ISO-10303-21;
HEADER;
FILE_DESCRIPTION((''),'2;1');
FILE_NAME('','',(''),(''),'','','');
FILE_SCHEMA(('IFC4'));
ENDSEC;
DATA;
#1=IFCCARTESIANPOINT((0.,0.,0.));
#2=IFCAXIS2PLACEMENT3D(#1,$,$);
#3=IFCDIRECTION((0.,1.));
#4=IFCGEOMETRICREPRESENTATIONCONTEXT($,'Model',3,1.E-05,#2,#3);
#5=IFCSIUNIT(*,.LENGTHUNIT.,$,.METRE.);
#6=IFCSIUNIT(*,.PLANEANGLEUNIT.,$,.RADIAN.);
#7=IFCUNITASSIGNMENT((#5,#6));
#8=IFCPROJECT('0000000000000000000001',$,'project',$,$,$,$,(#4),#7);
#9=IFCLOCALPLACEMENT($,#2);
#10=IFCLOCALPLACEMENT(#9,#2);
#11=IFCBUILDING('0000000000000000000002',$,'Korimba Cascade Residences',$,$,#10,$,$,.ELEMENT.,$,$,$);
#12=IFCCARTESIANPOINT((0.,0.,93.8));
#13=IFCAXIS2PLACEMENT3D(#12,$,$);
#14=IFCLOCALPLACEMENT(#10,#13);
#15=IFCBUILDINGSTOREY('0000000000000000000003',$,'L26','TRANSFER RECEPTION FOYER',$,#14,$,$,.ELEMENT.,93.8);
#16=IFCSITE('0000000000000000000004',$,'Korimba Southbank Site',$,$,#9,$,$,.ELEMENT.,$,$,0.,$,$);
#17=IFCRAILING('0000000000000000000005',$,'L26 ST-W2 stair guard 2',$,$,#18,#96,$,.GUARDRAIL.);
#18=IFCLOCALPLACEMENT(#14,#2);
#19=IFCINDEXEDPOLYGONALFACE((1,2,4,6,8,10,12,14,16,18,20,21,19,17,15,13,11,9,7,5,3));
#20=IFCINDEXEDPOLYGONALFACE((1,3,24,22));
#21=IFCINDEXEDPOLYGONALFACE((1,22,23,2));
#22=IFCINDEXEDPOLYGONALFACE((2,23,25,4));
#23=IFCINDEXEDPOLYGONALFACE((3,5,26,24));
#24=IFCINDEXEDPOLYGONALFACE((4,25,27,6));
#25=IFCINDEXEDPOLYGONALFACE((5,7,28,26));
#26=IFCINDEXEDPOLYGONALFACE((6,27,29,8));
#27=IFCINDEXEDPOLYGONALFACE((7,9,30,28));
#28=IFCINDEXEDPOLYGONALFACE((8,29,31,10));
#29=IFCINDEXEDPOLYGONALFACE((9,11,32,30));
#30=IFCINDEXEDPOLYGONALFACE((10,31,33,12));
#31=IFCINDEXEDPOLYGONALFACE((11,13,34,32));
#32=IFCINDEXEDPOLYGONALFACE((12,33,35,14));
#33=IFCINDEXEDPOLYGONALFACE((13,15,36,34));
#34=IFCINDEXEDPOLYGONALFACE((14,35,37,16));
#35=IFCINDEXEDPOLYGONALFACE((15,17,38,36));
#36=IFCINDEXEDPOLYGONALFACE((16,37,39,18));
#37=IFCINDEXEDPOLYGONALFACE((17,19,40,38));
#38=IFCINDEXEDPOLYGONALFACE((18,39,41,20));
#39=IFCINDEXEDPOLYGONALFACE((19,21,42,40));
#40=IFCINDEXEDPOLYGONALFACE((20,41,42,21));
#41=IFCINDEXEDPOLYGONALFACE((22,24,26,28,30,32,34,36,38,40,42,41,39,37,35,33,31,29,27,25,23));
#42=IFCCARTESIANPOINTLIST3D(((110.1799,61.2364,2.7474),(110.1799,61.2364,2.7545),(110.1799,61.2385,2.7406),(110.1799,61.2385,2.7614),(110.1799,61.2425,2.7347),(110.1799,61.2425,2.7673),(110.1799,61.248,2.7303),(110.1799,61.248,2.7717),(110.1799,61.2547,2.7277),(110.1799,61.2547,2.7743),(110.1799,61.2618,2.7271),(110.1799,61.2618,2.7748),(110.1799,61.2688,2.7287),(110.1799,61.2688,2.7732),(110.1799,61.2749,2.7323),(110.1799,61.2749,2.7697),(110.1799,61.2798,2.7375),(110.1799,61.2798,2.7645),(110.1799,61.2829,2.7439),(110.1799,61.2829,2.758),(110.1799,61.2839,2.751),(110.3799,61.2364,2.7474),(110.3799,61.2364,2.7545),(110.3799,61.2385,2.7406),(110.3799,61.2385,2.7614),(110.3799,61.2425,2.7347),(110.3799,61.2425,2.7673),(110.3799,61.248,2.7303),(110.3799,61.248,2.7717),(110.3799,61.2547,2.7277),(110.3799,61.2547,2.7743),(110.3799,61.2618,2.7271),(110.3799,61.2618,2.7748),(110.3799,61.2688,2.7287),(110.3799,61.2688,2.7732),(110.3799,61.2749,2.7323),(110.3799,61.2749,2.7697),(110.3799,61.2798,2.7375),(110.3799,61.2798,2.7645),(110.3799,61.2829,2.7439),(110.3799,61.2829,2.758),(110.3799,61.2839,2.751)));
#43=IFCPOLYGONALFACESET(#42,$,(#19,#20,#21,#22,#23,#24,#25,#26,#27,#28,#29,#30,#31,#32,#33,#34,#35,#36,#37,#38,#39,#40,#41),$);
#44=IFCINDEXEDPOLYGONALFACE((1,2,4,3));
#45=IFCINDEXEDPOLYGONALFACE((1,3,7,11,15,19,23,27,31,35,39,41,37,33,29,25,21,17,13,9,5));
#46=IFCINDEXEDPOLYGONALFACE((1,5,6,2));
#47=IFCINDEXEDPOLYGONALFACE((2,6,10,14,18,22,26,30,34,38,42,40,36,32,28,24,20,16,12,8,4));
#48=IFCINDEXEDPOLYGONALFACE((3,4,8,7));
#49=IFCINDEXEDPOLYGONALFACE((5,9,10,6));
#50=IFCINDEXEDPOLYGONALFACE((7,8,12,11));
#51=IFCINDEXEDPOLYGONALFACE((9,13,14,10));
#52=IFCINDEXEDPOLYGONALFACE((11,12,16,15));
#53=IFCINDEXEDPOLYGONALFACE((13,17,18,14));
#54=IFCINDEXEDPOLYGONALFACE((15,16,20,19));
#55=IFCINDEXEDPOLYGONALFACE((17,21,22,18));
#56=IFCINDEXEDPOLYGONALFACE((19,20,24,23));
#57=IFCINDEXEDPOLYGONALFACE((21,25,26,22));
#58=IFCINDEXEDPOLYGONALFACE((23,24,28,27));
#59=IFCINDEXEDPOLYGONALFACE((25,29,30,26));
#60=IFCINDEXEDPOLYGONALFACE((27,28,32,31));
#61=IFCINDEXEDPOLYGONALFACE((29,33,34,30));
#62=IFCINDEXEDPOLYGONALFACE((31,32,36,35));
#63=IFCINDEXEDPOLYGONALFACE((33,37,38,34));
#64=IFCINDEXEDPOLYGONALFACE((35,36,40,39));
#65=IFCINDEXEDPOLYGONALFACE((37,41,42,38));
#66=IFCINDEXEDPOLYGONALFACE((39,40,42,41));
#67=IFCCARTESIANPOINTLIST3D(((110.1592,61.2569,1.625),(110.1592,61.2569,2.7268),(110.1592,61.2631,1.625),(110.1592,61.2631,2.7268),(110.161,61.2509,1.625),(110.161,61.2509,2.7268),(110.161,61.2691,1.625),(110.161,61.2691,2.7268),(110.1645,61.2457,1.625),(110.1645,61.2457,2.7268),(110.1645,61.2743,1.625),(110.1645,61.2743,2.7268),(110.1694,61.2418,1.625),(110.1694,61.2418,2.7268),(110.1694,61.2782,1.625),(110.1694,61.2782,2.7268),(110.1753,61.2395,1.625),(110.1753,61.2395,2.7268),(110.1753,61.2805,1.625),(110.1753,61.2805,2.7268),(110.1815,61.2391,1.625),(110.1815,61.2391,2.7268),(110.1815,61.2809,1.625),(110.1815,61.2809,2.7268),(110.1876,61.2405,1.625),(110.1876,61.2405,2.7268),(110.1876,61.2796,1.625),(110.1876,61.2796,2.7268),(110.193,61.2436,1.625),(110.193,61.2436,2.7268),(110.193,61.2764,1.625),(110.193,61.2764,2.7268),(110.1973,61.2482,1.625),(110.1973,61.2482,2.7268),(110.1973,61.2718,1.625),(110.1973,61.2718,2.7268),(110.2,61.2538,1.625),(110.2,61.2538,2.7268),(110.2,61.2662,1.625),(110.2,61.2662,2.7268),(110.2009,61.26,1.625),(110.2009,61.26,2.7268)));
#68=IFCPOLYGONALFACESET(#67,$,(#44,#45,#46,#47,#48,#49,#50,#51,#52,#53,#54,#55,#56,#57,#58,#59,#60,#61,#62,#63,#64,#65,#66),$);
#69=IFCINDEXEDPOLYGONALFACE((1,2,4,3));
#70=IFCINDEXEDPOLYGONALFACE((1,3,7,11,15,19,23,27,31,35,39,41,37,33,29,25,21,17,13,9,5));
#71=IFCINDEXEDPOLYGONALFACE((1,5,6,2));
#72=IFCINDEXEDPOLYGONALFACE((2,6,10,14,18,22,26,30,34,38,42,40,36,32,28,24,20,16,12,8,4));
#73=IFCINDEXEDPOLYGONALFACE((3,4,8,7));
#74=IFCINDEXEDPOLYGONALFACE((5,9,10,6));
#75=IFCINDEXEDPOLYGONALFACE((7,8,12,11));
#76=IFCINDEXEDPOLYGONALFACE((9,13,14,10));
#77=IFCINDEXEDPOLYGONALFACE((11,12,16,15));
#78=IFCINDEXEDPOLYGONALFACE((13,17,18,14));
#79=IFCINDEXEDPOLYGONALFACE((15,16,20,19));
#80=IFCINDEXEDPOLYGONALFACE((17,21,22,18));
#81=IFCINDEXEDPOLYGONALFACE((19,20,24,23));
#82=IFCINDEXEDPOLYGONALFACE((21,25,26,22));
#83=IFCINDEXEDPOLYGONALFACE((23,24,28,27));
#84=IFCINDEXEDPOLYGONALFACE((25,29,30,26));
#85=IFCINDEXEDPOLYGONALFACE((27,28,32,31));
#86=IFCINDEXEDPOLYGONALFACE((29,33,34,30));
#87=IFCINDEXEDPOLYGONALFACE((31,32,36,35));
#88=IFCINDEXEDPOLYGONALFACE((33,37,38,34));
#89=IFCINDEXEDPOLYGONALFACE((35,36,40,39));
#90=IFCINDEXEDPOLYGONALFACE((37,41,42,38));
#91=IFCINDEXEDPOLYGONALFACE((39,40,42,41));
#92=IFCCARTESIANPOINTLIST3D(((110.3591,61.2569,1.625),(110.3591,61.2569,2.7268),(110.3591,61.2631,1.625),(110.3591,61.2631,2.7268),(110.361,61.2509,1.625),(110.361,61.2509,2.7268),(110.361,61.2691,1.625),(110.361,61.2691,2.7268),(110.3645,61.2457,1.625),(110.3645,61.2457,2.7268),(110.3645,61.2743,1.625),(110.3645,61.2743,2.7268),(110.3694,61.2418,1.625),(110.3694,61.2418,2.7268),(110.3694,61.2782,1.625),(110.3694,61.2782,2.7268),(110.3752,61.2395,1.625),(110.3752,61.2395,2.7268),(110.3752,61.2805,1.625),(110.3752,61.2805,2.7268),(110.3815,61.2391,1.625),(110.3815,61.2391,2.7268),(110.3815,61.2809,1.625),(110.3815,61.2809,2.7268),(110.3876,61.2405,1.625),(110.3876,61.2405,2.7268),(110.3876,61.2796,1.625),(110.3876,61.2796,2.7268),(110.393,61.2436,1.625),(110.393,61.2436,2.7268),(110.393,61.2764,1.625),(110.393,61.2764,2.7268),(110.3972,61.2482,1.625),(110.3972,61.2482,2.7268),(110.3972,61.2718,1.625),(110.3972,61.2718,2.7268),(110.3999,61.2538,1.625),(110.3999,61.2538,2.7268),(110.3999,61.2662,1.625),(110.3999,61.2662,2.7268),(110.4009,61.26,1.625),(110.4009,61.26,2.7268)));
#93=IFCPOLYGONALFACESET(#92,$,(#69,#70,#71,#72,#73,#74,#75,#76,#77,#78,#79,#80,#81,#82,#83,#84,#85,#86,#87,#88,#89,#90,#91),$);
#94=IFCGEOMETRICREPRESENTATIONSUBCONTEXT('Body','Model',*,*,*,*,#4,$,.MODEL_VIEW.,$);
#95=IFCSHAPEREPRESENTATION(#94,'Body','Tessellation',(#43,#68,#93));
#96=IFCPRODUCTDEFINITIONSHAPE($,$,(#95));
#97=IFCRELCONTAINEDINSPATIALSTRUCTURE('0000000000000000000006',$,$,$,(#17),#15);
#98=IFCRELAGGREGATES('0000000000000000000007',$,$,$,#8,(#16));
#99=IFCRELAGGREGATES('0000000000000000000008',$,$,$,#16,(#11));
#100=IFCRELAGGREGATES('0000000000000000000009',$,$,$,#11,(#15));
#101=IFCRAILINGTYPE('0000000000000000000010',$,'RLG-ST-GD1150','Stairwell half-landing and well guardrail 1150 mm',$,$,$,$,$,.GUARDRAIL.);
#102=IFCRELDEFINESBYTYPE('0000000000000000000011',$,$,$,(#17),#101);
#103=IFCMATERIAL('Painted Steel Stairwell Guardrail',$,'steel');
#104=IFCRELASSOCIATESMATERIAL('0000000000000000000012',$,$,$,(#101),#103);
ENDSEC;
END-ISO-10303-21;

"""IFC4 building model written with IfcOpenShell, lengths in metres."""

from ifc_helpers import new_model, si_unit, direction, frame, origin, origin_2d, place, context, subcontext, project, spatial, circle, extrude, material, type_object, element, save


model = new_model("IFC4")

# Units and contexts
model_context = context("Model", 3, precision=1e-05, world=origin(), true_north=direction((0.0, 1.0)))
body_context = subcontext(model_context, "Body", "Model", "MODEL_VIEW")
ifc_project = project(units=[si_unit("LENGTHUNIT", "METRE"), si_unit("PLANEANGLEUNIT", "RADIAN")], contexts=[model_context])

# Site, building, storey
site_placement = place(None, origin())
site = spatial("IfcSite", under=ifc_project, at=site_placement, Name="Korimba Southbank Site", CompositionType="ELEMENT", RefElevation=0.0)
building_placement = place(site_placement, origin())
building = spatial("IfcBuilding", under=site, at=building_placement, Name="Korimba Cascade Residences", CompositionType="ELEMENT")
storey_placement = place(building_placement, frame((0.0, 0.0, 93.8)))
storey = spatial("IfcBuildingStorey", under=building, at=storey_placement, Name="L26", Description="TRANSFER RECEPTION FOYER", CompositionType="ELEMENT", Elevation=93.8)

# Railing
ifc_material_1 = material(Name="Painted Steel Stairwell Guardrail", Category="steel")
railing_type_1 = type_object("IfcRailingType", Name="RLG-ST-GD1150", Description="Stairwell half-landing and well guardrail 1150 mm", PredefinedType="GUARDRAIL", material=ifc_material_1)
railing_1_placement = place(storey_placement, frame((110.1799, 61.26, 1.625)))
element("IfcRailing", 1, at=railing_1_placement, inside=storey, type_object=railing_type_1, Name="L26 ST-W2 stair guard 2", PredefinedType="GUARDRAIL", context=body_context, shape_type="SweptSolid", body=[
    extrude(circle(Radius=0.0239, at=origin_2d()), frame((0.0, 0.0, 1.126), z_axis=(1.0, 0.0, 0.0), x_axis=(0.0, 1.0, 0.0)), (0.0, 0.0, 1.0), 0.2),
    extrude(circle(Radius=0.021, at=origin_2d()), origin(), (0.0, 0.0, 1.0), 1.1018),
    extrude(circle(Radius=0.021, at=origin_2d()), frame((0.2, 0.0, 0.0)), (0.0, 0.0, 1.0), 1.1018),
])

save(model, "model.ifc")
